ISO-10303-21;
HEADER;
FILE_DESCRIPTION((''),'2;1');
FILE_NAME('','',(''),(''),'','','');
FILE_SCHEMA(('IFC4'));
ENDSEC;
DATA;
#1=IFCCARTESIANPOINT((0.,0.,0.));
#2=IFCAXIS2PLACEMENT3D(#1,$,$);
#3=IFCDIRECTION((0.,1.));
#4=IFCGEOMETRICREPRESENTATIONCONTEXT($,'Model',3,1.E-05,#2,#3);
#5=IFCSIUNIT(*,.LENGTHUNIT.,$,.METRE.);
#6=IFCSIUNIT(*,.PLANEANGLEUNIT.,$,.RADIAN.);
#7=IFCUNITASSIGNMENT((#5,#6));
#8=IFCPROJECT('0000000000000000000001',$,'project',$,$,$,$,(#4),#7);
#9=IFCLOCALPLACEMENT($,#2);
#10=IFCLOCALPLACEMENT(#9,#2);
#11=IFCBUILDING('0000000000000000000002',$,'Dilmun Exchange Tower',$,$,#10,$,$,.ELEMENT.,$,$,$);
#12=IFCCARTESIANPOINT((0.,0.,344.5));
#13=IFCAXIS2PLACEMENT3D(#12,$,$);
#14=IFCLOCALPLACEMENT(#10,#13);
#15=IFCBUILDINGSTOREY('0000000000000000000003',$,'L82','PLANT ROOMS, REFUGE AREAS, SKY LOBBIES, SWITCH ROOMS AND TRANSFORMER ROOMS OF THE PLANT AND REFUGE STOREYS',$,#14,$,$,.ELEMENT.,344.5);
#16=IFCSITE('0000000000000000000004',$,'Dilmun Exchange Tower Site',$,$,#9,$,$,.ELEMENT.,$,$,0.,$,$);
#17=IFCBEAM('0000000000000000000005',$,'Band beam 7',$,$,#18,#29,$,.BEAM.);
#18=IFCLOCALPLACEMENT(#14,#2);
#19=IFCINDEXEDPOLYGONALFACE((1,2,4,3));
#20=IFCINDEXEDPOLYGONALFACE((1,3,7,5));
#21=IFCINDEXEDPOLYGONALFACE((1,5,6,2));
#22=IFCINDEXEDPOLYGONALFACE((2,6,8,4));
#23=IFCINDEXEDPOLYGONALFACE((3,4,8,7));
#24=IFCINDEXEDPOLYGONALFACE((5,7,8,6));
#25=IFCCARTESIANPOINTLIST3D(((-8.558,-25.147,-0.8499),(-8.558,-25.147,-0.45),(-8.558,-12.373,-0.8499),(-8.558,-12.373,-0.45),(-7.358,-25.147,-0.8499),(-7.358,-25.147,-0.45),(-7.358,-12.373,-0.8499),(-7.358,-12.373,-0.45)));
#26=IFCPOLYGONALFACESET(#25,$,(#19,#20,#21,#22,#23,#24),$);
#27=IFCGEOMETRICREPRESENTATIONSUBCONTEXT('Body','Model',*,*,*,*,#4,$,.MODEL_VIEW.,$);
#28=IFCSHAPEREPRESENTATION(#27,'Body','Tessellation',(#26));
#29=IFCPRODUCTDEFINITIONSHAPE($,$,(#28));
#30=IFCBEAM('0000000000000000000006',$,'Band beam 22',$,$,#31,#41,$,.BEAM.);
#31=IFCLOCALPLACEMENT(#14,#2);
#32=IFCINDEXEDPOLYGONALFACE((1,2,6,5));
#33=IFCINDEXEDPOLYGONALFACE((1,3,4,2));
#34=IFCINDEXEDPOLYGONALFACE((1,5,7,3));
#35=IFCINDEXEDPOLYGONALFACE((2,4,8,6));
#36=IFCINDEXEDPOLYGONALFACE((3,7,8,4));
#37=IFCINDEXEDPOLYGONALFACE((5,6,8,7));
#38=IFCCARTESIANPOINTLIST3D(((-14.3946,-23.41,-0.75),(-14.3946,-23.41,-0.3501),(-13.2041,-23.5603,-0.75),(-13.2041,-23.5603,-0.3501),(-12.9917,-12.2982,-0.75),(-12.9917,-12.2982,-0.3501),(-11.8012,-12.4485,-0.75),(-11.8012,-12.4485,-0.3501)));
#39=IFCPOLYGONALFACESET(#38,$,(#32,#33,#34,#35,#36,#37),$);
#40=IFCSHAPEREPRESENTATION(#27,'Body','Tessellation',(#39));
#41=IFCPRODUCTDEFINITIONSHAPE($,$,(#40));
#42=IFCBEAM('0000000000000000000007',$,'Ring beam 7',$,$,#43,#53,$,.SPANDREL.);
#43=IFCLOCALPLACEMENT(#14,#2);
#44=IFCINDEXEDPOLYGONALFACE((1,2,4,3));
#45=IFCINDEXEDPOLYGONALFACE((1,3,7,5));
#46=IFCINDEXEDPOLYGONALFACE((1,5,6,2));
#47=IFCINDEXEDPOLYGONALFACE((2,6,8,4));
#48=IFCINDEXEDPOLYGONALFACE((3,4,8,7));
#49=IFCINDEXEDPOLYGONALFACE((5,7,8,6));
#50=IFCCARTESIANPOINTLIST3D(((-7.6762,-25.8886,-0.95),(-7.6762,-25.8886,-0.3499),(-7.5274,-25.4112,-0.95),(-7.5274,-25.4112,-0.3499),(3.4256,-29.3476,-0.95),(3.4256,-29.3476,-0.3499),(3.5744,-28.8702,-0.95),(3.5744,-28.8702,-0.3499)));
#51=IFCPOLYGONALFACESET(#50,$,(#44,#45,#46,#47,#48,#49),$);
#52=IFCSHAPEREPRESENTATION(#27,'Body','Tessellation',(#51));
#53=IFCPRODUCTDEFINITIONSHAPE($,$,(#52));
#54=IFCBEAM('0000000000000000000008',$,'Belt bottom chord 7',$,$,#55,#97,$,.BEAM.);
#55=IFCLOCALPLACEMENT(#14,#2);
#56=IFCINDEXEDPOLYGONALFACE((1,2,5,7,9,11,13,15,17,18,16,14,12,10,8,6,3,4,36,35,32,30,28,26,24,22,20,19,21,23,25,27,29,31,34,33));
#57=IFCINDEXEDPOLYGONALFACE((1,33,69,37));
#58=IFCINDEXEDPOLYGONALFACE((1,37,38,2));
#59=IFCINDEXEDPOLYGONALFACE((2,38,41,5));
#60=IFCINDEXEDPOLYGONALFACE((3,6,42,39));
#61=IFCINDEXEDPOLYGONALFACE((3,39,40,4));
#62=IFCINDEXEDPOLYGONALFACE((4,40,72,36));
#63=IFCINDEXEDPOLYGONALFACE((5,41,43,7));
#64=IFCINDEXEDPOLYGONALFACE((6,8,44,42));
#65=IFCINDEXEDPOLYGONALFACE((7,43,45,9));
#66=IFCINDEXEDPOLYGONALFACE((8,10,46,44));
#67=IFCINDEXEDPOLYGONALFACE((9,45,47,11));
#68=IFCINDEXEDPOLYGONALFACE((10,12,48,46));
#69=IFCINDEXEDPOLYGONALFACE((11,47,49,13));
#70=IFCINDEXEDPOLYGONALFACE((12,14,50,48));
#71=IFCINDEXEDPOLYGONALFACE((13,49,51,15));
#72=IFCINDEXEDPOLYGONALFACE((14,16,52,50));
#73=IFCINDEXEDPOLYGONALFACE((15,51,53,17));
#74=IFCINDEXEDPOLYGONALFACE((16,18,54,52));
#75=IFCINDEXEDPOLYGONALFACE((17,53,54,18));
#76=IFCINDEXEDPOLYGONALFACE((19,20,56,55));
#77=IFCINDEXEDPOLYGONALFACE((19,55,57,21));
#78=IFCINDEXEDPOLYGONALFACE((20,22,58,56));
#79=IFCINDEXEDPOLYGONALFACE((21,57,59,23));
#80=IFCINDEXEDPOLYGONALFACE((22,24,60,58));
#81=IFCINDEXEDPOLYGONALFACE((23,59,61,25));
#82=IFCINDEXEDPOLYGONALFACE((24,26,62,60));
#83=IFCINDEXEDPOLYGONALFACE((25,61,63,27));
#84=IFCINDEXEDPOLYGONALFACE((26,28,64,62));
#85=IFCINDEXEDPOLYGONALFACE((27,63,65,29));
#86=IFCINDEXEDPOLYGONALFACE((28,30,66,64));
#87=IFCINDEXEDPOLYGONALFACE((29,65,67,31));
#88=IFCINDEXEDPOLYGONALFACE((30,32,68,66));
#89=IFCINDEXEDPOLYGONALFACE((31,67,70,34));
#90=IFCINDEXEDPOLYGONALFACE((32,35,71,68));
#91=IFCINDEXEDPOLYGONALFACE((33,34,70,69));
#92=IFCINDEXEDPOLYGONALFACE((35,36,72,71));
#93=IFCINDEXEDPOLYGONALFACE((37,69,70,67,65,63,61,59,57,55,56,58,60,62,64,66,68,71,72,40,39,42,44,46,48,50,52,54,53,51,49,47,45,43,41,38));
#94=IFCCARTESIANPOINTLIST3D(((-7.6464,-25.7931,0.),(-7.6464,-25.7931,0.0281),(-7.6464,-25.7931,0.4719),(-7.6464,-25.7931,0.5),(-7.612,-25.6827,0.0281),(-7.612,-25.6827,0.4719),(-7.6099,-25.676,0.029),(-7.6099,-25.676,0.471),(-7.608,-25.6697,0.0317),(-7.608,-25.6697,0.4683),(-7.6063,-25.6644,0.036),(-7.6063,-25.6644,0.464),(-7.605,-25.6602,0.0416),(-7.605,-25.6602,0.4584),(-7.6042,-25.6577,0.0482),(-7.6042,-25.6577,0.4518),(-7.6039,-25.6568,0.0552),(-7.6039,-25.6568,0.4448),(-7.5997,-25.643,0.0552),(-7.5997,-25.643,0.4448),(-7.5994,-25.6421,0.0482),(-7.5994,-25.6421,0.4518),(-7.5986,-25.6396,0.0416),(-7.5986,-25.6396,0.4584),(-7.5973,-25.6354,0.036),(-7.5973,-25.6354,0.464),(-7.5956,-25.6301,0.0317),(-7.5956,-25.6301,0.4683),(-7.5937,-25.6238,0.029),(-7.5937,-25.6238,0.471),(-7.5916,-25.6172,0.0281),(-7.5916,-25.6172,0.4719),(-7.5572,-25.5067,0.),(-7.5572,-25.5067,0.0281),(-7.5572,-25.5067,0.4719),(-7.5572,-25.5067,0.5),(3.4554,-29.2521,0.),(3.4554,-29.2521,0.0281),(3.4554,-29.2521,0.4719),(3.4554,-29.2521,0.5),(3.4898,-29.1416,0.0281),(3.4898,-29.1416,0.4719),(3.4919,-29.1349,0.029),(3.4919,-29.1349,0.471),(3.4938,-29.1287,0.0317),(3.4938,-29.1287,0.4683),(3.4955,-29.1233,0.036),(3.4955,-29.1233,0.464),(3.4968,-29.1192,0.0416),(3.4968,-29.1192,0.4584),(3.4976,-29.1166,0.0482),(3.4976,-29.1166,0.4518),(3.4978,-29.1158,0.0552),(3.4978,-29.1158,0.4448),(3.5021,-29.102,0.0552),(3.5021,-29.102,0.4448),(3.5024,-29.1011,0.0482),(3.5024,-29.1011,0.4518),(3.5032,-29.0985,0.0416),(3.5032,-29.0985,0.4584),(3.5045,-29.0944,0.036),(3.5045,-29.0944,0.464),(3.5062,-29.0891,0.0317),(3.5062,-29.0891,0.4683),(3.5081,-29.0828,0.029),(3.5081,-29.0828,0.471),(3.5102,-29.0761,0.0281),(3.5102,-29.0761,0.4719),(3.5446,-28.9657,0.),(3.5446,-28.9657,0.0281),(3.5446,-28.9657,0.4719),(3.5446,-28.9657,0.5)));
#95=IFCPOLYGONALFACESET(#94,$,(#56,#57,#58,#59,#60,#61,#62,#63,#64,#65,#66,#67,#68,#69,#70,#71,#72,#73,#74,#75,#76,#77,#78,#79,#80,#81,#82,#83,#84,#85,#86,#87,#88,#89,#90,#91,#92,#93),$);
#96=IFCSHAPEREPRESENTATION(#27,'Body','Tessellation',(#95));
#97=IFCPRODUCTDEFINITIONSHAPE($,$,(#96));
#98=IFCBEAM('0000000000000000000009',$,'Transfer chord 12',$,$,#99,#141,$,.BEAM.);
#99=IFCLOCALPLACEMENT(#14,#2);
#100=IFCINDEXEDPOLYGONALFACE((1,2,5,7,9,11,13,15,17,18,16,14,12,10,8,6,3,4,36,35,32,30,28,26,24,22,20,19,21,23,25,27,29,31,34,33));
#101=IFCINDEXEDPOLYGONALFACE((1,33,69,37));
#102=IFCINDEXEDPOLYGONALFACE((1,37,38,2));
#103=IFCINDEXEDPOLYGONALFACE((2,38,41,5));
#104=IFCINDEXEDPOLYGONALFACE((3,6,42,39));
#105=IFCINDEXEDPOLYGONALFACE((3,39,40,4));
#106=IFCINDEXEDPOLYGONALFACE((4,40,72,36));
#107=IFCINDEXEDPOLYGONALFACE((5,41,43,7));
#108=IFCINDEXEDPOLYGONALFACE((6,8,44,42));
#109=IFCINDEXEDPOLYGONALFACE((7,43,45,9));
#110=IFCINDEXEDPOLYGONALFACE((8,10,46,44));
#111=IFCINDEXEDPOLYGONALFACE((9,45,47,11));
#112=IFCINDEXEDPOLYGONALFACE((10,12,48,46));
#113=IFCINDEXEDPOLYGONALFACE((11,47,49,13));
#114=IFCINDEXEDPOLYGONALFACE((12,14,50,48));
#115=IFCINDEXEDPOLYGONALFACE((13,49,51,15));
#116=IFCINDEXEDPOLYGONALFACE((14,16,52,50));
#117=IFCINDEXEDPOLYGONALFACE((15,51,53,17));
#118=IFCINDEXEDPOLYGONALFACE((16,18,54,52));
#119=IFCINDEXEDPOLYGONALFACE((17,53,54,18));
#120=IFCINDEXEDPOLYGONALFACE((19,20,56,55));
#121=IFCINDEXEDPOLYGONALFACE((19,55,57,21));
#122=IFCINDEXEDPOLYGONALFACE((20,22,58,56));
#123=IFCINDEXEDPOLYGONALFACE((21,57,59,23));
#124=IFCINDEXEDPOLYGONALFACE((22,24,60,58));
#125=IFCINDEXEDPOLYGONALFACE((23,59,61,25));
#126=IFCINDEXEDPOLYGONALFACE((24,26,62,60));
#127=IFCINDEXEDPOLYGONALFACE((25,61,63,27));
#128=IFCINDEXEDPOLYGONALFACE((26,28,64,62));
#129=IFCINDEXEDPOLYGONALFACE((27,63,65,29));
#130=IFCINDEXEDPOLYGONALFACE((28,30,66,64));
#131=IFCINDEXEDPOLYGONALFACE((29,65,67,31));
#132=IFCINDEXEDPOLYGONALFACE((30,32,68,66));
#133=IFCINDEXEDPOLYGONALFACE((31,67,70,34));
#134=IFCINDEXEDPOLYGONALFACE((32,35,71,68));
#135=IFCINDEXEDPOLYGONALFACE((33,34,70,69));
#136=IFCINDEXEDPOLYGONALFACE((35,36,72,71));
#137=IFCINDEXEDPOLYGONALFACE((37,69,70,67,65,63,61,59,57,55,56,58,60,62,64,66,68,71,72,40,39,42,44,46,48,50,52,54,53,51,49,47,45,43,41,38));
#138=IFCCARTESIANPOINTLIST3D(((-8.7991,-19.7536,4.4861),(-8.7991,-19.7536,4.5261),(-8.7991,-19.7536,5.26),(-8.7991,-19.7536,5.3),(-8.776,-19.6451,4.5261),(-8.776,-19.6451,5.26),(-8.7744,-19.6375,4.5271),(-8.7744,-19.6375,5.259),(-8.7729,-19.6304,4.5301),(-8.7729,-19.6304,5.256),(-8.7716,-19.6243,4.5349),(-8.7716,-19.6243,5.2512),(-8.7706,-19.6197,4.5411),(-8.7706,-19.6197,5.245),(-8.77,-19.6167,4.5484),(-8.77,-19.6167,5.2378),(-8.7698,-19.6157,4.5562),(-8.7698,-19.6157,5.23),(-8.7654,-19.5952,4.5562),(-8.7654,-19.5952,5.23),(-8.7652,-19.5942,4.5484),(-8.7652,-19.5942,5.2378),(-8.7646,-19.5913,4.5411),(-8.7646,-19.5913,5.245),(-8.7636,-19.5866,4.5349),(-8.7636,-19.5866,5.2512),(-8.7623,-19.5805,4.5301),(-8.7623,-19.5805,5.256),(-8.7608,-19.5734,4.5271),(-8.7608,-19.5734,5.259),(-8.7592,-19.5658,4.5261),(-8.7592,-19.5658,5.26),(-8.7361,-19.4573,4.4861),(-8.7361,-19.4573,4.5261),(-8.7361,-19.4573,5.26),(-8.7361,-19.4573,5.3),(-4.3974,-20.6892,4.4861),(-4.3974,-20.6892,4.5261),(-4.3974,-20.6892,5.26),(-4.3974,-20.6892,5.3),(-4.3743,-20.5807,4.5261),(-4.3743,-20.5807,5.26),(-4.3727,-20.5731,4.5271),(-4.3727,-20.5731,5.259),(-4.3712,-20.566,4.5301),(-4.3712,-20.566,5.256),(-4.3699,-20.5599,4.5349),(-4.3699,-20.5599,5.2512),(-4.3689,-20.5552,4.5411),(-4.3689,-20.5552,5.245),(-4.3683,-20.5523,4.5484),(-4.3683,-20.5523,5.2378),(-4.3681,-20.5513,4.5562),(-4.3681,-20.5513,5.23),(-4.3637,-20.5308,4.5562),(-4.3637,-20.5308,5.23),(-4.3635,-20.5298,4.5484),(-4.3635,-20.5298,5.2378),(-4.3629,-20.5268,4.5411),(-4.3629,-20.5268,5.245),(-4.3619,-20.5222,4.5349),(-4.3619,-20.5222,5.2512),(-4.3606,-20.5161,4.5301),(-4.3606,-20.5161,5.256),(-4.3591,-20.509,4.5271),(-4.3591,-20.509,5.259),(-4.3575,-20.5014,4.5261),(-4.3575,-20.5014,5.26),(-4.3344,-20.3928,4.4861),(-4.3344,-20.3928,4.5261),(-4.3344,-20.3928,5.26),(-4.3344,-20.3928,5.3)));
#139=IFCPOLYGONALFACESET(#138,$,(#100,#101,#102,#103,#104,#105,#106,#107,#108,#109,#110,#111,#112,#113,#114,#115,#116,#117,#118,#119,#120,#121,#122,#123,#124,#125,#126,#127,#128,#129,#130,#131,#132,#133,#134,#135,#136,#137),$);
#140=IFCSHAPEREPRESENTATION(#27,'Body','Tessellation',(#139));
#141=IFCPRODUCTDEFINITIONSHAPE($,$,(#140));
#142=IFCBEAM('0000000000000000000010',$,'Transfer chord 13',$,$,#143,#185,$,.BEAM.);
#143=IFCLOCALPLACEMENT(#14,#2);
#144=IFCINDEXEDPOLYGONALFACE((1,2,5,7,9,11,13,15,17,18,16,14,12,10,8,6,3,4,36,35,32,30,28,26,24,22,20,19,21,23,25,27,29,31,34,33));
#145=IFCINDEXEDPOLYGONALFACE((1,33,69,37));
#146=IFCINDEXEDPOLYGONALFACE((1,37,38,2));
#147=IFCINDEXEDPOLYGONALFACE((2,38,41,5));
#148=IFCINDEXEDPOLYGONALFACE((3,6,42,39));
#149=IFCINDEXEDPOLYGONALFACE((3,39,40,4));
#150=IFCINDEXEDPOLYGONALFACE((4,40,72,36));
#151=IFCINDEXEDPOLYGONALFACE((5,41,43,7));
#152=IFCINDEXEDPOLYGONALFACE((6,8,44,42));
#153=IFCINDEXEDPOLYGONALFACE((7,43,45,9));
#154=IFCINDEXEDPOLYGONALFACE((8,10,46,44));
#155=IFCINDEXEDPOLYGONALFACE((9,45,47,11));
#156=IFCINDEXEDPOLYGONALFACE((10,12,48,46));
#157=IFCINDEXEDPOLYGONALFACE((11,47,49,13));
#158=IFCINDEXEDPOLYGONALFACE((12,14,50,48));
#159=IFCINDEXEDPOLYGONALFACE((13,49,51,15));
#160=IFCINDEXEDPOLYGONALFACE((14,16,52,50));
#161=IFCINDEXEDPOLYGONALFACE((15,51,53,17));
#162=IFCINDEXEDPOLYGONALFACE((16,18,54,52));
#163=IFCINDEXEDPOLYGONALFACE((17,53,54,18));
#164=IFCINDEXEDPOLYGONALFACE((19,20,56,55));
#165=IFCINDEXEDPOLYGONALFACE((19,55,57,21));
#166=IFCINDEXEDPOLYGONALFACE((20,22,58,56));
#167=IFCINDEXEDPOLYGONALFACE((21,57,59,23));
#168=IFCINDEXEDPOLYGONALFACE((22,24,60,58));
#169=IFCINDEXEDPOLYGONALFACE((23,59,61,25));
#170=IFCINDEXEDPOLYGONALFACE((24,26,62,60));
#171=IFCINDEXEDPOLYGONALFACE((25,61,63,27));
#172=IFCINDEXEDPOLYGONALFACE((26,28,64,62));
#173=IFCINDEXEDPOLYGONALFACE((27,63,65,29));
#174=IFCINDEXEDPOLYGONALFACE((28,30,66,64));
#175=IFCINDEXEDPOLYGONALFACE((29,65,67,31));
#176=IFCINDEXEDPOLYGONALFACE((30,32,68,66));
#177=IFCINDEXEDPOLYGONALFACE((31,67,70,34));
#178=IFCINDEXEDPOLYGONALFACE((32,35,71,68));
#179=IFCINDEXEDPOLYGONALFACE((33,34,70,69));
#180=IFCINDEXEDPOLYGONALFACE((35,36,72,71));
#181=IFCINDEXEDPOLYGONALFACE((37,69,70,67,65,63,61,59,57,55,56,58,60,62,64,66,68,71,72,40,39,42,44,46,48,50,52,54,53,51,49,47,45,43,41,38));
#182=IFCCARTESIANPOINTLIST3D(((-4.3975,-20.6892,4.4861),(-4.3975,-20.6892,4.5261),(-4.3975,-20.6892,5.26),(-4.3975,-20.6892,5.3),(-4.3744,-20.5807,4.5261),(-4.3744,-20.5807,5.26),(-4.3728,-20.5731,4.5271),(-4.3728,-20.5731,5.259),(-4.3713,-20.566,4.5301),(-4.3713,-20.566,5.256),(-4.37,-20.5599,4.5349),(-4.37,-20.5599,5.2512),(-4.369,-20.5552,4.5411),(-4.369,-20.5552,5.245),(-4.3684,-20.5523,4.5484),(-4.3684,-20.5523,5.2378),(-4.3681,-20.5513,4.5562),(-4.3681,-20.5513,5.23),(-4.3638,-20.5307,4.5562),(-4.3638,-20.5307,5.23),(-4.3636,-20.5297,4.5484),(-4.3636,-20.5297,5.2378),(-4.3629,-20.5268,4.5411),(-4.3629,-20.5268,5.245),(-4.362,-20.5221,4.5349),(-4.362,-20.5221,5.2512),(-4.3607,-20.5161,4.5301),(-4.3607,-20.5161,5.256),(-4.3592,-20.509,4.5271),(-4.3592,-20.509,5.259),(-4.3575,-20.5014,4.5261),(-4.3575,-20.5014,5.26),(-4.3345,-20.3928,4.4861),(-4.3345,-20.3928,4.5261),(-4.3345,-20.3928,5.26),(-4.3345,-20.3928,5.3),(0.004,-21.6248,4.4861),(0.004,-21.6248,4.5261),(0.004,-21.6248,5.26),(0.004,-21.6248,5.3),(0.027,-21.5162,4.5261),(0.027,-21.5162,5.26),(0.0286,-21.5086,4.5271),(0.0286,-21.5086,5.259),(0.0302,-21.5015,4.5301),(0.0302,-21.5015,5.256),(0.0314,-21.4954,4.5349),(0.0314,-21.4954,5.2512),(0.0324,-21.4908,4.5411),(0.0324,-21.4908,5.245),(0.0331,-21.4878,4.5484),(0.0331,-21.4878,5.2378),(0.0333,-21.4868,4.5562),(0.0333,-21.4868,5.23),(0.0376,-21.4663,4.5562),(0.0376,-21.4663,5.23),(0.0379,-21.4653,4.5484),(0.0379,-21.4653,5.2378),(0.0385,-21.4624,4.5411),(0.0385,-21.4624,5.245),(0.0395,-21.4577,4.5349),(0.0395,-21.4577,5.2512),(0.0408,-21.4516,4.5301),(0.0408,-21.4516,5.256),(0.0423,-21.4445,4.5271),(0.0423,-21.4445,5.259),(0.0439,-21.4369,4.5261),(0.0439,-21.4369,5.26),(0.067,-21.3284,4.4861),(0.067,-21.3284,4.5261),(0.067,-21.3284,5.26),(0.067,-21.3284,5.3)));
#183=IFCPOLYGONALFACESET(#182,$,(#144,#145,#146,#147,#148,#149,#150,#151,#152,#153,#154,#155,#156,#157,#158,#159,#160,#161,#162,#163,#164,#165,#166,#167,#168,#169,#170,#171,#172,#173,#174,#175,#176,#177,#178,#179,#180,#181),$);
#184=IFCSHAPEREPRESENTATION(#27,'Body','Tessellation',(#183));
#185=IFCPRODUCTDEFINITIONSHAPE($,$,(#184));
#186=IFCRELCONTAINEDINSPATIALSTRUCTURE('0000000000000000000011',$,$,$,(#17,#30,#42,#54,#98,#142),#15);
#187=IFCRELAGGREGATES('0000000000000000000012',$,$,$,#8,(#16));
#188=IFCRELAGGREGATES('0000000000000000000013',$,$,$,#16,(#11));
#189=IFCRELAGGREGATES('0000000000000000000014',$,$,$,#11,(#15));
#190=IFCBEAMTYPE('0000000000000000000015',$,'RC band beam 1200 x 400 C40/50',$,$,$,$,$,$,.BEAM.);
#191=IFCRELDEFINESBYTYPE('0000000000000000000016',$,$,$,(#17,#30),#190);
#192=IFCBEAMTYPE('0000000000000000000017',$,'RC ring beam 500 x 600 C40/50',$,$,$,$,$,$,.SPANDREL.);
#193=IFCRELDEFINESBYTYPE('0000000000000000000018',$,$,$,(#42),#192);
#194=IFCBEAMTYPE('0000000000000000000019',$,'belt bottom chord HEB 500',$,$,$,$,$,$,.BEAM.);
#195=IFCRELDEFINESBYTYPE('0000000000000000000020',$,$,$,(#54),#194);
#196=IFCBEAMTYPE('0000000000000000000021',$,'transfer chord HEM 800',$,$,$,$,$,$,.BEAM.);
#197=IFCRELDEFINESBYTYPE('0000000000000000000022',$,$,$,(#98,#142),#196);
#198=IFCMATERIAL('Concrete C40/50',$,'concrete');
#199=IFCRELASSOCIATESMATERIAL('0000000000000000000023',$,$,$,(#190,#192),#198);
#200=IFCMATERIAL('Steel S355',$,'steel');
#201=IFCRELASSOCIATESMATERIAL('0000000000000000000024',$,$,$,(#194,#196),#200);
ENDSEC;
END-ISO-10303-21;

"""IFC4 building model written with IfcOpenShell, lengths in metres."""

from ifc_helpers import new_model, si_unit, direction, frame, origin, origin_2d, place, context, subcontext, project, spatial, rectangle, i_section, extrude, material, material_profile, profile_set, type_object, element, save


model = new_model("IFC4")

# Units and contexts
model_context = context("Model", 3, precision=1e-05, world=origin(), true_north=direction((0.0, 1.0)))
body_context = subcontext(model_context, "Body", "Model", "MODEL_VIEW")
ifc_project = project(units=[si_unit("LENGTHUNIT", "METRE"), si_unit("PLANEANGLEUNIT", "RADIAN")], contexts=[model_context])

# Site, building, storey
site_placement = place(None, origin())
site = spatial("IfcSite", under=ifc_project, at=site_placement, Name="Dilmun Exchange Tower Site", CompositionType="ELEMENT", RefElevation=0.0)
building_placement = place(site_placement, origin())
building = spatial("IfcBuilding", under=site, at=building_placement, Name="Dilmun Exchange Tower", CompositionType="ELEMENT")
storey_placement = place(building_placement, frame((0.0, 0.0, 344.5)))
storey = spatial("IfcBuildingStorey", under=building, at=storey_placement, Name="L82", Description="PLANT ROOMS, REFUGE AREAS, SKY LOBBIES, SWITCH ROOMS AND TRANSFORMER ROOMS OF THE PLANT AND REFUGE STOREYS", CompositionType="ELEMENT", Elevation=344.5)

# Beams
ifc_material_1 = material(Name="Concrete C40/50", Category="concrete")
ifc_material_profile_1 = material_profile(ifc_material_1, rectangle(XDim=1.2, YDim=0.3999, at=origin_2d()), Name="1200 x 400")
ifc_profile_set_1 = profile_set([ifc_material_profile_1], Name="Concrete C40/50")
beam_type_1 = type_object("IfcBeamType", Name="RC band beam 1200 x 400 C40/50", PredefinedType="BEAM", material=ifc_profile_set_1)
beam_1_placement = place(storey_placement, frame((-7.958, -25.147, -0.6499), z_axis=(0.0, 1.0, 0.0), x_axis=(-1.0, 0.0, 0.0)))
element("IfcBeam", 1, at=beam_1_placement, inside=storey, type_object=beam_type_1, Name="Band beam 7", PredefinedType="BEAM", context=body_context, shape_type="SweptSolid", body=[
    extrude(rectangle(XDim=1.2, YDim=0.3999, at=origin_2d()), origin(), (0.0, 0.0, 1.0), 12.7739),
])
beam_2_placement = place(storey_placement, frame((-13.7993, -23.4851, -0.55), z_axis=(0.125253, 0.992125, 0.0), x_axis=(-0.992125, 0.125253, 0.0)))
element("IfcBeam", 2, at=beam_2_placement, inside=storey, type_object=beam_type_1, Name="Band beam 22", PredefinedType="BEAM", context=body_context, shape_type="SweptSolid", body=[
    extrude(rectangle(XDim=1.2, YDim=0.3999, at=origin_2d()), origin(), (0.0, 0.0, 1.0), 11.2),
])
ifc_material_profile_2 = material_profile(ifc_material_1, rectangle(XDim=0.5, YDim=0.6001, at=origin_2d()), Name="500 x 600")
ifc_profile_set_2 = profile_set([ifc_material_profile_2], Name="Concrete C40/50")
beam_type_2 = type_object("IfcBeamType", Name="RC ring beam 500 x 600 C40/50", PredefinedType="SPANDREL", material=ifc_profile_set_2)
beam_3_placement = place(storey_placement, frame((-7.6018, -25.6499, -0.6499), z_axis=(0.954733, -0.297466, 0.0), x_axis=(0.297466, 0.954733, 0.0)))
element("IfcBeam", 3, at=beam_3_placement, inside=storey, type_object=beam_type_2, Name="Ring beam 7", PredefinedType="SPANDREL", context=body_context, shape_type="SweptSolid", body=[
    extrude(rectangle(XDim=0.5, YDim=0.6001, at=origin_2d()), origin(), (0.0, 0.0, 1.0), 11.6282),
])
ifc_material_2 = material(Name="Steel S355", Category="steel")
ifc_material_profile_3 = material_profile(ifc_material_2, i_section(OverallWidth=0.3, OverallDepth=0.5, WebThickness=0.0144, FlangeThickness=0.0281, FilletRadius=0.0271, at=origin_2d()), Name="HEB 500")
ifc_profile_set_3 = profile_set([ifc_material_profile_3], Name="Steel S355")
beam_type_3 = type_object("IfcBeamType", Name="belt bottom chord HEB 500", PredefinedType="BEAM", material=ifc_profile_set_3)
beam_4_placement = place(storey_placement, frame((-7.6018, -25.6499, 0.25), z_axis=(0.954733, -0.297466, 0.0), x_axis=(0.297466, 0.954733, 0.0)))
element("IfcBeam", 4, at=beam_4_placement, inside=storey, type_object=beam_type_3, Name="Belt bottom chord 7", PredefinedType="BEAM", context=body_context, shape_type="SweptSolid", body=[
    extrude(i_section(OverallWidth=0.3, OverallDepth=0.5, WebThickness=0.0144, FlangeThickness=0.0281, FilletRadius=0.0271, at=origin_2d()), origin(), (0.0, 0.0, 1.0), 11.6282),
])
ifc_material_profile_4 = material_profile(ifc_material_2, i_section(OverallWidth=0.303, OverallDepth=0.814, WebThickness=0.021, FlangeThickness=0.04, FilletRadius=0.03, at=origin_2d()), Name="HEM 800")
ifc_profile_set_4 = profile_set([ifc_material_profile_4], Name="Steel S355")
beam_type_4 = type_object("IfcBeamType", Name="transfer chord HEM 800", PredefinedType="BEAM", material=ifc_profile_set_4)
beam_5_placement = place(storey_placement, frame((-8.7676, -19.6055, 4.8931), z_axis=(0.97815, -0.207902, 0.0), x_axis=(0.207902, 0.97815, 0.0)))
element("IfcBeam", 5, at=beam_5_placement, inside=storey, type_object=beam_type_4, Name="Transfer chord 12", PredefinedType="BEAM", context=body_context, shape_type="SweptSolid", body=[
    extrude(i_section(OverallWidth=0.303, OverallDepth=0.814, WebThickness=0.021, FlangeThickness=0.04, FilletRadius=0.03, at=origin_2d()), origin(), (0.0, 0.0, 1.0), 4.5),
])
beam_6_placement = place(storey_placement, frame((-4.366, -20.541, 4.8931), z_axis=(0.978147, -0.207913, 0.0), x_axis=(0.207913, 0.978147, 0.0)))
element("IfcBeam", 6, at=beam_6_placement, inside=storey, type_object=beam_type_4, Name="Transfer chord 13", PredefinedType="BEAM", context=body_context, shape_type="SweptSolid", body=[
    extrude(i_section(OverallWidth=0.303, OverallDepth=0.814, WebThickness=0.021, FlangeThickness=0.04, FilletRadius=0.03, at=origin_2d()), origin(), (0.0, 0.0, 1.0), 4.4998),
])

save(model, "model.ifc")
